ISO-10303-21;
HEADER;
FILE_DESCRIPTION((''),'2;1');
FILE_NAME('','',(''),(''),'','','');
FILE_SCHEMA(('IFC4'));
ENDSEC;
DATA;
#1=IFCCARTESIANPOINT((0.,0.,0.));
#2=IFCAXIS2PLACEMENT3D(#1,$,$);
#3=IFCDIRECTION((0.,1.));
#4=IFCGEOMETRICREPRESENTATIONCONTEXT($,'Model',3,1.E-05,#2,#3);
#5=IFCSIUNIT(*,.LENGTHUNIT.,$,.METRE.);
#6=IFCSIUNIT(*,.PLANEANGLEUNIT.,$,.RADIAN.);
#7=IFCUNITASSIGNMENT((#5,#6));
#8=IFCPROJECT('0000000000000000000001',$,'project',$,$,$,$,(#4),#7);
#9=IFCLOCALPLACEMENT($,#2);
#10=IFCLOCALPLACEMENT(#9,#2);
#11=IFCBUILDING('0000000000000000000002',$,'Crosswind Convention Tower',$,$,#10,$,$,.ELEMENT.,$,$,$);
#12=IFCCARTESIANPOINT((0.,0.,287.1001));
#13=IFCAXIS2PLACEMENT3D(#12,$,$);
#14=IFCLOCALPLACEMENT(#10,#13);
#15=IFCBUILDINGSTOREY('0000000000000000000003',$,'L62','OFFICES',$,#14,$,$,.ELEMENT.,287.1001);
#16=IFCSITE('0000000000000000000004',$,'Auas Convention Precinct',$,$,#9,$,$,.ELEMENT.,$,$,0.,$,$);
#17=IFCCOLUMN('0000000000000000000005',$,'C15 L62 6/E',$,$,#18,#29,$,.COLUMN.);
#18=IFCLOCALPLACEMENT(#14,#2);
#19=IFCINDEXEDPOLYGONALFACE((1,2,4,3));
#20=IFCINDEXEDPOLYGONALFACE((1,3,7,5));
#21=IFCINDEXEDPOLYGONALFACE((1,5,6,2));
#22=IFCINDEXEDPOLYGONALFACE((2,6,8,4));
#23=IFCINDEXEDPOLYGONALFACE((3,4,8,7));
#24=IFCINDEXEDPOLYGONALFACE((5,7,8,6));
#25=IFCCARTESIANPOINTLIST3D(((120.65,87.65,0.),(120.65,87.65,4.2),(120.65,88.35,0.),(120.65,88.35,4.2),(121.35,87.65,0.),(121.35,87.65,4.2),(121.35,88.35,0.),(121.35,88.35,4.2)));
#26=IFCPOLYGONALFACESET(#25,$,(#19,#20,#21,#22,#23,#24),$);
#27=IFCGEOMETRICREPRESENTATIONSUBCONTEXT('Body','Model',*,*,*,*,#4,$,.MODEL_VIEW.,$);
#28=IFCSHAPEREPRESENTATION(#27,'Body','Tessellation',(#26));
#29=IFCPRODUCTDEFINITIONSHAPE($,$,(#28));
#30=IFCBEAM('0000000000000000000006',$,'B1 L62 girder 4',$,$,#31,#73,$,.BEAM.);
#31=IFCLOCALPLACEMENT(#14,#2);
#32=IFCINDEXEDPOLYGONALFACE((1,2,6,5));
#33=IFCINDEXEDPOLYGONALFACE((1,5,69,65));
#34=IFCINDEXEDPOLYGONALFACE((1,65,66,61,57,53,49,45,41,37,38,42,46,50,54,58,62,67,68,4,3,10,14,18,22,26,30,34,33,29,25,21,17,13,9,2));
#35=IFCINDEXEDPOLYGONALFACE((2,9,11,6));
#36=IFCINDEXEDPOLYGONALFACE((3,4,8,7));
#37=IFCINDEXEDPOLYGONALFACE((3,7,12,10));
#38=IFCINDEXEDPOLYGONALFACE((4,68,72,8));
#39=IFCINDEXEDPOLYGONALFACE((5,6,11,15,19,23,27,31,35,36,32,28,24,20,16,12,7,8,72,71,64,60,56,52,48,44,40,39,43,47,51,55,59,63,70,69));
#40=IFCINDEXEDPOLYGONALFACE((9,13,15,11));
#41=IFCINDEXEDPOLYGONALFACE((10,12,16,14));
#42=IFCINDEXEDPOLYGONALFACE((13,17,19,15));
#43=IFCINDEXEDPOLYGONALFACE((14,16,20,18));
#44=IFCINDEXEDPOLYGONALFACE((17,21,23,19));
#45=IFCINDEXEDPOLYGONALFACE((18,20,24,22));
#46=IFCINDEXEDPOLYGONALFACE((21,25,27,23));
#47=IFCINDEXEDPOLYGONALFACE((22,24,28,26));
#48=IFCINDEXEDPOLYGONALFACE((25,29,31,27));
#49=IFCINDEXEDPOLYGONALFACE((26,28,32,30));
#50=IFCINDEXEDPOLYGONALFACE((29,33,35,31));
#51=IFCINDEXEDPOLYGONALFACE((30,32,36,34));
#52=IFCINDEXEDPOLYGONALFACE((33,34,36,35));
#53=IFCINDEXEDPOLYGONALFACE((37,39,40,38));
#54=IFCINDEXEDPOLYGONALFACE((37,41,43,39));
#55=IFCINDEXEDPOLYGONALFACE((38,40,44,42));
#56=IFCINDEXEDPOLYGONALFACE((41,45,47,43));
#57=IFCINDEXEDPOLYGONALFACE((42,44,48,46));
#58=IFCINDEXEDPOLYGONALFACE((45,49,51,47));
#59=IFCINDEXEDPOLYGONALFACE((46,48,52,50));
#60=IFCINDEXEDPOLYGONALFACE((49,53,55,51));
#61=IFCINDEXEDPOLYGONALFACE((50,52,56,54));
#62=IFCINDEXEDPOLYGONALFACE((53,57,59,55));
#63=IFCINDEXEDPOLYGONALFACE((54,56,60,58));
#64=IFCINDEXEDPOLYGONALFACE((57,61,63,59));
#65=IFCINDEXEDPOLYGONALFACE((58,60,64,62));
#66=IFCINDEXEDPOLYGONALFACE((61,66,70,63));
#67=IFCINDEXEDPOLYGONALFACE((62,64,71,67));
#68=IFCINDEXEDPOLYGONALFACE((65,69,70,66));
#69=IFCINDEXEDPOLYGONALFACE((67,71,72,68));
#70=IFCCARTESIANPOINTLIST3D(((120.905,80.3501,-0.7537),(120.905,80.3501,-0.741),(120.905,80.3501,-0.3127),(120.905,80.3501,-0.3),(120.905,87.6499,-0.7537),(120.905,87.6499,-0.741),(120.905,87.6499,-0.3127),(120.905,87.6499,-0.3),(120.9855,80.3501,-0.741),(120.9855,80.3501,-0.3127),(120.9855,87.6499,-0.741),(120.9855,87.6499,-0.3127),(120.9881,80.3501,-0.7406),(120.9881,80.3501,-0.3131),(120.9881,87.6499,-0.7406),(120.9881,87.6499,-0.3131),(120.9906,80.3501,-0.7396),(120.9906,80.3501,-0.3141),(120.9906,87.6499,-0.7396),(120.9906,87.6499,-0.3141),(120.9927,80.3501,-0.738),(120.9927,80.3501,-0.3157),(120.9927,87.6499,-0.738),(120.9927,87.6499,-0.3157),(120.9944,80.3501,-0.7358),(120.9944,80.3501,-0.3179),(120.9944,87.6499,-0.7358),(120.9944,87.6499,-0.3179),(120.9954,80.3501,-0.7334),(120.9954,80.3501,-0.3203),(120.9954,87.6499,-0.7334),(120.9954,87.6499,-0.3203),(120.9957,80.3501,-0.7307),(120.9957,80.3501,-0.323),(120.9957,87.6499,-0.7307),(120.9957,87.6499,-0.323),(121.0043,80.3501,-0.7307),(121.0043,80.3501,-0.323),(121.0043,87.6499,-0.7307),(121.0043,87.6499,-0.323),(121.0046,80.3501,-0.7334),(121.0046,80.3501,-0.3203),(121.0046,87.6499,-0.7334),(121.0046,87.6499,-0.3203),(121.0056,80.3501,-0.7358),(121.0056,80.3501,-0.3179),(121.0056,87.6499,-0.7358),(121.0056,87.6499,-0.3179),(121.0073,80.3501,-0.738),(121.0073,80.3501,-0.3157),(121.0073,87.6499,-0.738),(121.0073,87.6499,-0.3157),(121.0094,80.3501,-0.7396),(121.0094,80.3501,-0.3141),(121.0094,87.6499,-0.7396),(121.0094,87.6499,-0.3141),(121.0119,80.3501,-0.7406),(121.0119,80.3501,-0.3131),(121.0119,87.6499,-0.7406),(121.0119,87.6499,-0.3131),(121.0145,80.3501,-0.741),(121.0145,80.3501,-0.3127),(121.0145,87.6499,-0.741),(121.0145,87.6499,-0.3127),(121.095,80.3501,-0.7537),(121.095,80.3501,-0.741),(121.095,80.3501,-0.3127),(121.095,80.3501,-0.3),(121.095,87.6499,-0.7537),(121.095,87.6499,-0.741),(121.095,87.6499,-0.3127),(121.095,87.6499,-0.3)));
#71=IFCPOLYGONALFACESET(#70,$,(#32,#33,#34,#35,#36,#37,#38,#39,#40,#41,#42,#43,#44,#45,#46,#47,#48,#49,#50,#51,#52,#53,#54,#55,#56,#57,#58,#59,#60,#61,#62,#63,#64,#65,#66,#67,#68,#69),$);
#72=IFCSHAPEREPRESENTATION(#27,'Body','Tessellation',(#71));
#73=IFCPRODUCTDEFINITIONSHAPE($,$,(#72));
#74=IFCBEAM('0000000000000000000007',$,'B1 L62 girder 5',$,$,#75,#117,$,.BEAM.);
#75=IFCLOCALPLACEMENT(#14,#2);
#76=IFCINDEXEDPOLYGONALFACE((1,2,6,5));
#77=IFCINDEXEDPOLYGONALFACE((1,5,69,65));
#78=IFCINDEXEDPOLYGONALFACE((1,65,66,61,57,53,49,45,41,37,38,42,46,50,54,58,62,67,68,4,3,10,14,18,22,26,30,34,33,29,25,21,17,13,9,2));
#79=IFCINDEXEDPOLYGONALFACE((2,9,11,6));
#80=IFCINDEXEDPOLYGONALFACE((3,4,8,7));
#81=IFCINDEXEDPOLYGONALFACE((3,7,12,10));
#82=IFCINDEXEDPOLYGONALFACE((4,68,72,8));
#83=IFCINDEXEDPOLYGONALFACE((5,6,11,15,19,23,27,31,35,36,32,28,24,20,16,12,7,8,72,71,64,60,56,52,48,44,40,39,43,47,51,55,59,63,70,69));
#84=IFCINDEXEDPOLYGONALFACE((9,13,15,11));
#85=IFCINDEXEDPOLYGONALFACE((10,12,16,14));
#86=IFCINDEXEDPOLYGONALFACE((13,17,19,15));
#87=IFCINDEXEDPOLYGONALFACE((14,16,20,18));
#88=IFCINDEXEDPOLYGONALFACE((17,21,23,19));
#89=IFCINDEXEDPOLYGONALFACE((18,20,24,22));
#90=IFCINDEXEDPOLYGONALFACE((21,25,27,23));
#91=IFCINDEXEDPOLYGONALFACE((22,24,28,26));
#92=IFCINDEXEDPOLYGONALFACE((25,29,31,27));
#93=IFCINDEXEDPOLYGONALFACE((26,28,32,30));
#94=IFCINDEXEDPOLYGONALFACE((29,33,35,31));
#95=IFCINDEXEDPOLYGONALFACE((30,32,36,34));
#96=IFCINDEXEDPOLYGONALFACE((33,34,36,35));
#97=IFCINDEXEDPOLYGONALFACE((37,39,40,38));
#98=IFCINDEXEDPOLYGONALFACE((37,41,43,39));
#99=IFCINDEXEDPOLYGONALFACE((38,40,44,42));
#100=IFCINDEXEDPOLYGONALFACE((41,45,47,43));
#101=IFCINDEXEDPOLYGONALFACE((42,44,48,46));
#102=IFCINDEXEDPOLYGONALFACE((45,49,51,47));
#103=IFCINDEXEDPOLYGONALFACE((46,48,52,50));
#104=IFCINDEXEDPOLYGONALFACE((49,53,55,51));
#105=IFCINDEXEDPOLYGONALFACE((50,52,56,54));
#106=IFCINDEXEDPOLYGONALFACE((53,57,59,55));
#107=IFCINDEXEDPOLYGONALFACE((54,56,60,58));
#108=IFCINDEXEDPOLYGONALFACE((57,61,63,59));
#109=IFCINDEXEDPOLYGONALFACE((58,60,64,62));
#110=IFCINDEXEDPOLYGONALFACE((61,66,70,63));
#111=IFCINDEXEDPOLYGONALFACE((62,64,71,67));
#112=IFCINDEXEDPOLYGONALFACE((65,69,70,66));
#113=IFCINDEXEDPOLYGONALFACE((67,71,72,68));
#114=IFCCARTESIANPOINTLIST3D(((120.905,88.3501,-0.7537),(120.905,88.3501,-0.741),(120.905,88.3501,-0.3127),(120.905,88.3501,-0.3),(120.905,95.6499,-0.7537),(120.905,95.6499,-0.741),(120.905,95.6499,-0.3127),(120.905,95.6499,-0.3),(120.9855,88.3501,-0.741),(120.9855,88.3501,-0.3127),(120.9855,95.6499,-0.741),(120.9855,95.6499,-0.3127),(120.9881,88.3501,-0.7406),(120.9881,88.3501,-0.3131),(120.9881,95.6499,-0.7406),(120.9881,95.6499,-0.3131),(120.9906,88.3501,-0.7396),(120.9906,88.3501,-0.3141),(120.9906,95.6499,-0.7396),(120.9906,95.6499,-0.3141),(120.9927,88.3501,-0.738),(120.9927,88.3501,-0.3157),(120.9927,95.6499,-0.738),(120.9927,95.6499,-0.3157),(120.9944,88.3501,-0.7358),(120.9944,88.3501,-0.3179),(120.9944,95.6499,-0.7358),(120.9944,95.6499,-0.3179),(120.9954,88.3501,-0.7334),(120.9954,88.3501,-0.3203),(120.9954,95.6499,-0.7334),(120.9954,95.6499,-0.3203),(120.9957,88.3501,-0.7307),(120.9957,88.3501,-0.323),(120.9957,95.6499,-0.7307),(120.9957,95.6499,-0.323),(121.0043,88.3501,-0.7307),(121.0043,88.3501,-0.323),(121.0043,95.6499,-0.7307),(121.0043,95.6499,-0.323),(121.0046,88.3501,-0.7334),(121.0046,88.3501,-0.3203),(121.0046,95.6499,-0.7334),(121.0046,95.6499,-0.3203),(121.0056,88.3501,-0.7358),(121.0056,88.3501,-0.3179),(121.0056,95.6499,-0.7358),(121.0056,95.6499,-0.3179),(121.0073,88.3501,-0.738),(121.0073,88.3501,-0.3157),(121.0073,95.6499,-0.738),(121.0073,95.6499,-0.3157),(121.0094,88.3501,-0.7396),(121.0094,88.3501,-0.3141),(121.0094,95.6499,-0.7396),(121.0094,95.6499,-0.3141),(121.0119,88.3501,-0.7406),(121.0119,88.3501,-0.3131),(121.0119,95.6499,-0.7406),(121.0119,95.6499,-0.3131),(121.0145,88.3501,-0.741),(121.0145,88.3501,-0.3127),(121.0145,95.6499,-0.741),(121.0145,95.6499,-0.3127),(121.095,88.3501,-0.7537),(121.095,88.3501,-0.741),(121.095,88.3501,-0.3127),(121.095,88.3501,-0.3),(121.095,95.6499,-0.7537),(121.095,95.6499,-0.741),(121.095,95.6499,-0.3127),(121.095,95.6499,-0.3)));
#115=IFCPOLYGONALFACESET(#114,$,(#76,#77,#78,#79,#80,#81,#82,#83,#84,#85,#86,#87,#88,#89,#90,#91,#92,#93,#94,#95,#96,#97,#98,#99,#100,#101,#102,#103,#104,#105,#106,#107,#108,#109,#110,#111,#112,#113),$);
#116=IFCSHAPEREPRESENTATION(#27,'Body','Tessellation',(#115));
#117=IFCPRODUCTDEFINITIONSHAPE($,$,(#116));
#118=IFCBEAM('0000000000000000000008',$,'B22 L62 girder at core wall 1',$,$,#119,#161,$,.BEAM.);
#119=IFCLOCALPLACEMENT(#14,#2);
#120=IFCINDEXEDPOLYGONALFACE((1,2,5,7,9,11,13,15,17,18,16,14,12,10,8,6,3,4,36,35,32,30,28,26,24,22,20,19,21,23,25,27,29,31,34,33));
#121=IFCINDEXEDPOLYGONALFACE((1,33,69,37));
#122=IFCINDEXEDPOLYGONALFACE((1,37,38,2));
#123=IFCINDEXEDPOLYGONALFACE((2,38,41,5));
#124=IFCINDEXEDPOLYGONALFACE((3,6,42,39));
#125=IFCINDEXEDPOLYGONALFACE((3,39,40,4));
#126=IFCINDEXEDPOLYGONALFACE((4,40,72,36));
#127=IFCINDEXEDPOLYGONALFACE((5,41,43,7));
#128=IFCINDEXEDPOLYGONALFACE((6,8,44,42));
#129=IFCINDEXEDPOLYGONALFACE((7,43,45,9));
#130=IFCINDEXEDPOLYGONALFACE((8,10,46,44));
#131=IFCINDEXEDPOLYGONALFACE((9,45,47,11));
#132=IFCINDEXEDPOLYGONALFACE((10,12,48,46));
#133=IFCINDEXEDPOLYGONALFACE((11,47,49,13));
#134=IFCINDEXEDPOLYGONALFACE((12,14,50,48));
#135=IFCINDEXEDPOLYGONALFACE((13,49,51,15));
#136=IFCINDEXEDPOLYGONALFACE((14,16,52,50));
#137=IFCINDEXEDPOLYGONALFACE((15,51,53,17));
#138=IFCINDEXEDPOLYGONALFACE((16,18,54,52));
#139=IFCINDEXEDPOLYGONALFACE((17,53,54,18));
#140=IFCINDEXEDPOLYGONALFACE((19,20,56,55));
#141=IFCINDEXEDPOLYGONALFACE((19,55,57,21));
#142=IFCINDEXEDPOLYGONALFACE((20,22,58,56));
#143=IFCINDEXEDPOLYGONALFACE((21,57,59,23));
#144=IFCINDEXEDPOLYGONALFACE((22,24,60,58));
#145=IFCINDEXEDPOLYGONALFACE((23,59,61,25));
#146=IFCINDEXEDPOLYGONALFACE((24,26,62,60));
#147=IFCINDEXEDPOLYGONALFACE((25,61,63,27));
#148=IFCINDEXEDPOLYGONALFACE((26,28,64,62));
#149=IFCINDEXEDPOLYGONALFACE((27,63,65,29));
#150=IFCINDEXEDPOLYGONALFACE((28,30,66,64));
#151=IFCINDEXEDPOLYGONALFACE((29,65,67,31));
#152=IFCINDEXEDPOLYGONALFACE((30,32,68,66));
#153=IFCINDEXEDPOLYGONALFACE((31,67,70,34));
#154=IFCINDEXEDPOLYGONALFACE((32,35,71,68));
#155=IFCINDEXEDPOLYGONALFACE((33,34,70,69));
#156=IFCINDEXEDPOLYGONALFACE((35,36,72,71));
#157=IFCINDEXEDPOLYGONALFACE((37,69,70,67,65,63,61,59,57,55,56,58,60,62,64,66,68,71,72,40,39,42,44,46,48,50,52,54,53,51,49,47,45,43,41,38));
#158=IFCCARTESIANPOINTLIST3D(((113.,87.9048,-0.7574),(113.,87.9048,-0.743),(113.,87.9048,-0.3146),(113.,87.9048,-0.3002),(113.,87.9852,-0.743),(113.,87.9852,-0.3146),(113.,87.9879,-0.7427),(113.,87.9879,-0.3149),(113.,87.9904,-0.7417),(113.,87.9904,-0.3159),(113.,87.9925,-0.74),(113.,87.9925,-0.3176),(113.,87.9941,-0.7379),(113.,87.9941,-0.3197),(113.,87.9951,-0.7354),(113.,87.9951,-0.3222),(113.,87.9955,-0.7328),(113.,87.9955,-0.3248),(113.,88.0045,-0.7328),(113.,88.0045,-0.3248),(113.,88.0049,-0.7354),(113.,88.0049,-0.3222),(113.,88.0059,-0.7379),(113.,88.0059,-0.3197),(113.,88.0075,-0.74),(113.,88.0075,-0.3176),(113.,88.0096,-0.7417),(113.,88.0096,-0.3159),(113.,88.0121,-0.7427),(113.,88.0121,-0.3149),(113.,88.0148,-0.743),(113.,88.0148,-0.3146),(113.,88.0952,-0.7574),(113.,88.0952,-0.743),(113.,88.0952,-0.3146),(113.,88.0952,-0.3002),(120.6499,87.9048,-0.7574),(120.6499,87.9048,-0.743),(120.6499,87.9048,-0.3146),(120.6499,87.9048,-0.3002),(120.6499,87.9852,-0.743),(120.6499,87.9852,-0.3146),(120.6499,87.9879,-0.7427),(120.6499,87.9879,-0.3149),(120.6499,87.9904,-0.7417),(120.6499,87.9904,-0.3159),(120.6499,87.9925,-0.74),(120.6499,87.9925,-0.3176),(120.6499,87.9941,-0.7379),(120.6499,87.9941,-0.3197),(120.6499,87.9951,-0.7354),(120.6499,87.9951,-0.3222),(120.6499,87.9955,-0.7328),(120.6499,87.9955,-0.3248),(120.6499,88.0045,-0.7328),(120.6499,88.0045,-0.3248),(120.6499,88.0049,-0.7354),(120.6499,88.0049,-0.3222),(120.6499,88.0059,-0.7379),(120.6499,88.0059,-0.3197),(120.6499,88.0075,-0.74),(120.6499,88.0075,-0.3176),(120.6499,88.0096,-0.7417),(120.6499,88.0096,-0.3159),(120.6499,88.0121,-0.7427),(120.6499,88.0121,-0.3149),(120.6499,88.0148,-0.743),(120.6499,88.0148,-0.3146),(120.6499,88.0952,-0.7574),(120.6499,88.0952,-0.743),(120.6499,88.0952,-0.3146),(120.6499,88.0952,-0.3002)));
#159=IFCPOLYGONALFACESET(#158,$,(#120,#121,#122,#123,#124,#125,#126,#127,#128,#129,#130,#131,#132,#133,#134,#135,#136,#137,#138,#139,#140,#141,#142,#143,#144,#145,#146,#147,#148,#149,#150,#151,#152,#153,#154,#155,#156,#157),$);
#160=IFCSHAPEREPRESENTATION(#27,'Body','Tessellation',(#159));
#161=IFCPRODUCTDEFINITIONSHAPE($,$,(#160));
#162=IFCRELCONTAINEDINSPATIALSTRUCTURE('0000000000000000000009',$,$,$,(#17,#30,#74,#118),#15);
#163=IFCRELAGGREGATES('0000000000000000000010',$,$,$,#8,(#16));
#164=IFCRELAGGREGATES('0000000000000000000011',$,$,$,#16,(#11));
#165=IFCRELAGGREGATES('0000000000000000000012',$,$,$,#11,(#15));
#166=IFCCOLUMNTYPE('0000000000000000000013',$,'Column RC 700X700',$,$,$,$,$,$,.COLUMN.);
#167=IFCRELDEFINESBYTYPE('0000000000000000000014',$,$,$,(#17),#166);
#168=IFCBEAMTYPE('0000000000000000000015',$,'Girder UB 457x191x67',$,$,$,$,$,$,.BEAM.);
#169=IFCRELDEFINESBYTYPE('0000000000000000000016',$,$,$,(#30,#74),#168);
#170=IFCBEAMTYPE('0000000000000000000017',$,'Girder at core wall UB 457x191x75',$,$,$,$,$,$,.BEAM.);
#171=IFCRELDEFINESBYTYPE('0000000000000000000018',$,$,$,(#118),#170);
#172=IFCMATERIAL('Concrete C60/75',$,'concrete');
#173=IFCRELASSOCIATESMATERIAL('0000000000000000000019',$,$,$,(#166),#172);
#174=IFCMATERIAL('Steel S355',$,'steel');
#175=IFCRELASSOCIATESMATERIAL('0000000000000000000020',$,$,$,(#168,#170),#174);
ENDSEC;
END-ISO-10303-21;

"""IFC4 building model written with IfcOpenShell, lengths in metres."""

from ifc_helpers import new_model, si_unit, direction, frame, origin, origin_2d, place, context, subcontext, project, spatial, rectangle, i_section, extrude, material, material_profile, profile_set, type_object, element, save


model = new_model("IFC4")

# Units and contexts
model_context = context("Model", 3, precision=1e-05, world=origin(), true_north=direction((0.0, 1.0)))
body_context = subcontext(model_context, "Body", "Model", "MODEL_VIEW")
ifc_project = project(units=[si_unit("LENGTHUNIT", "METRE"), si_unit("PLANEANGLEUNIT", "RADIAN")], contexts=[model_context])

# Site, building, storey
site_placement = place(None, origin())
site = spatial("IfcSite", under=ifc_project, at=site_placement, Name="Auas Convention Precinct", CompositionType="ELEMENT", RefElevation=0.0)
building_placement = place(site_placement, origin())
building = spatial("IfcBuilding", under=site, at=building_placement, Name="Crosswind Convention Tower", CompositionType="ELEMENT")
storey_placement = place(building_placement, frame((0.0, 0.0, 287.1001)))
storey = spatial("IfcBuildingStorey", under=building, at=storey_placement, Name="L62", Description="OFFICES", CompositionType="ELEMENT", Elevation=287.1001)

# Column
ifc_material_1 = material(Name="Concrete C60/75", Category="concrete")
ifc_material_profile_1 = material_profile(ifc_material_1, rectangle(XDim=0.7, YDim=0.7, at=origin_2d()), Name="RC 700X700")
ifc_profile_set_1 = profile_set([ifc_material_profile_1], Name="Concrete C60/75")
column_type = type_object("IfcColumnType", Name="Column RC 700X700", PredefinedType="COLUMN", material=ifc_profile_set_1)
column_placement = place(storey_placement, frame((121.0, 88.0, 0.0), z_axis=(0.0, 0.0, 1.0), x_axis=(1.0, 0.0, 0.0)))
element("IfcColumn", 1, at=column_placement, inside=storey, type_object=column_type, Name="C15 L62 6/E", PredefinedType="COLUMN", context=body_context, shape_type="SweptSolid", body=[
    extrude(rectangle(XDim=0.7, YDim=0.7, at=origin_2d()), origin(), (0.0, 0.0, 1.0), 4.2),
])

# Beams
ifc_material_2 = material(Name="Steel S355", Category="steel")
ifc_material_profile_2 = material_profile(ifc_material_2, i_section(OverallWidth=0.1899, OverallDepth=0.4536, WebThickness=0.0085, FlangeThickness=0.0127, FilletRadius=0.0103, at=origin_2d()), Name="UB 457x191x67")
ifc_profile_set_2 = profile_set([ifc_material_profile_2], Name="Steel S355")
beam_type_1 = type_object("IfcBeamType", Name="Girder UB 457x191x67", PredefinedType="BEAM", material=ifc_profile_set_2)
for number, where, z_axis, x_axis, name in (
    (2, (121.0, 80.3501, -0.5269), (0.0, 1.0, 0.0), (-1.0, 0.0, 0.0), "B1 L62 girder 4"),
    (3, (121.0, 88.3501, -0.5269), (0.0, 1.0, 0.0), (-1.0, 0.0, 0.0), "B1 L62 girder 5"),
):
    element("IfcBeam", number, at=place(storey_placement, frame(where, z_axis=z_axis, x_axis=x_axis)), inside=storey, type_object=beam_type_1, Name=name, PredefinedType="BEAM", context=body_context, shape_type="SweptSolid", body=[
        extrude(i_section(OverallWidth=0.1899, OverallDepth=0.4536, WebThickness=0.0085, FlangeThickness=0.0127, FilletRadius=0.0103, at=origin_2d()), origin(), (0.0, 0.0, 1.0), 7.2998),
    ])
ifc_material_profile_3 = material_profile(ifc_material_2, i_section(OverallWidth=0.1904, OverallDepth=0.4573, WebThickness=0.009, FlangeThickness=0.0144, FilletRadius=0.0103, at=origin_2d()), Name="UB 457x191x75")
ifc_profile_set_3 = profile_set([ifc_material_profile_3], Name="Steel S355")
beam_type_2 = type_object("IfcBeamType", Name="Girder at core wall UB 457x191x75", PredefinedType="BEAM", material=ifc_profile_set_3)
for number, where, z_axis, x_axis, name in (
    (4, (113.0, 88.0, -0.5288), (1.0, 0.0, 0.0), (0.0, 1.0, 0.0), "B22 L62 girder at core wall 1"),
):
    element("IfcBeam", number, at=place(storey_placement, frame(where, z_axis=z_axis, x_axis=x_axis)), inside=storey, type_object=beam_type_2, Name=name, PredefinedType="BEAM", context=body_context, shape_type="SweptSolid", body=[
        extrude(i_section(OverallWidth=0.1904, OverallDepth=0.4573, WebThickness=0.009, FlangeThickness=0.0144, FilletRadius=0.0103, at=origin_2d()), origin(), (0.0, 0.0, 1.0), 7.6499),
    ])

save(model, "model.ifc")
